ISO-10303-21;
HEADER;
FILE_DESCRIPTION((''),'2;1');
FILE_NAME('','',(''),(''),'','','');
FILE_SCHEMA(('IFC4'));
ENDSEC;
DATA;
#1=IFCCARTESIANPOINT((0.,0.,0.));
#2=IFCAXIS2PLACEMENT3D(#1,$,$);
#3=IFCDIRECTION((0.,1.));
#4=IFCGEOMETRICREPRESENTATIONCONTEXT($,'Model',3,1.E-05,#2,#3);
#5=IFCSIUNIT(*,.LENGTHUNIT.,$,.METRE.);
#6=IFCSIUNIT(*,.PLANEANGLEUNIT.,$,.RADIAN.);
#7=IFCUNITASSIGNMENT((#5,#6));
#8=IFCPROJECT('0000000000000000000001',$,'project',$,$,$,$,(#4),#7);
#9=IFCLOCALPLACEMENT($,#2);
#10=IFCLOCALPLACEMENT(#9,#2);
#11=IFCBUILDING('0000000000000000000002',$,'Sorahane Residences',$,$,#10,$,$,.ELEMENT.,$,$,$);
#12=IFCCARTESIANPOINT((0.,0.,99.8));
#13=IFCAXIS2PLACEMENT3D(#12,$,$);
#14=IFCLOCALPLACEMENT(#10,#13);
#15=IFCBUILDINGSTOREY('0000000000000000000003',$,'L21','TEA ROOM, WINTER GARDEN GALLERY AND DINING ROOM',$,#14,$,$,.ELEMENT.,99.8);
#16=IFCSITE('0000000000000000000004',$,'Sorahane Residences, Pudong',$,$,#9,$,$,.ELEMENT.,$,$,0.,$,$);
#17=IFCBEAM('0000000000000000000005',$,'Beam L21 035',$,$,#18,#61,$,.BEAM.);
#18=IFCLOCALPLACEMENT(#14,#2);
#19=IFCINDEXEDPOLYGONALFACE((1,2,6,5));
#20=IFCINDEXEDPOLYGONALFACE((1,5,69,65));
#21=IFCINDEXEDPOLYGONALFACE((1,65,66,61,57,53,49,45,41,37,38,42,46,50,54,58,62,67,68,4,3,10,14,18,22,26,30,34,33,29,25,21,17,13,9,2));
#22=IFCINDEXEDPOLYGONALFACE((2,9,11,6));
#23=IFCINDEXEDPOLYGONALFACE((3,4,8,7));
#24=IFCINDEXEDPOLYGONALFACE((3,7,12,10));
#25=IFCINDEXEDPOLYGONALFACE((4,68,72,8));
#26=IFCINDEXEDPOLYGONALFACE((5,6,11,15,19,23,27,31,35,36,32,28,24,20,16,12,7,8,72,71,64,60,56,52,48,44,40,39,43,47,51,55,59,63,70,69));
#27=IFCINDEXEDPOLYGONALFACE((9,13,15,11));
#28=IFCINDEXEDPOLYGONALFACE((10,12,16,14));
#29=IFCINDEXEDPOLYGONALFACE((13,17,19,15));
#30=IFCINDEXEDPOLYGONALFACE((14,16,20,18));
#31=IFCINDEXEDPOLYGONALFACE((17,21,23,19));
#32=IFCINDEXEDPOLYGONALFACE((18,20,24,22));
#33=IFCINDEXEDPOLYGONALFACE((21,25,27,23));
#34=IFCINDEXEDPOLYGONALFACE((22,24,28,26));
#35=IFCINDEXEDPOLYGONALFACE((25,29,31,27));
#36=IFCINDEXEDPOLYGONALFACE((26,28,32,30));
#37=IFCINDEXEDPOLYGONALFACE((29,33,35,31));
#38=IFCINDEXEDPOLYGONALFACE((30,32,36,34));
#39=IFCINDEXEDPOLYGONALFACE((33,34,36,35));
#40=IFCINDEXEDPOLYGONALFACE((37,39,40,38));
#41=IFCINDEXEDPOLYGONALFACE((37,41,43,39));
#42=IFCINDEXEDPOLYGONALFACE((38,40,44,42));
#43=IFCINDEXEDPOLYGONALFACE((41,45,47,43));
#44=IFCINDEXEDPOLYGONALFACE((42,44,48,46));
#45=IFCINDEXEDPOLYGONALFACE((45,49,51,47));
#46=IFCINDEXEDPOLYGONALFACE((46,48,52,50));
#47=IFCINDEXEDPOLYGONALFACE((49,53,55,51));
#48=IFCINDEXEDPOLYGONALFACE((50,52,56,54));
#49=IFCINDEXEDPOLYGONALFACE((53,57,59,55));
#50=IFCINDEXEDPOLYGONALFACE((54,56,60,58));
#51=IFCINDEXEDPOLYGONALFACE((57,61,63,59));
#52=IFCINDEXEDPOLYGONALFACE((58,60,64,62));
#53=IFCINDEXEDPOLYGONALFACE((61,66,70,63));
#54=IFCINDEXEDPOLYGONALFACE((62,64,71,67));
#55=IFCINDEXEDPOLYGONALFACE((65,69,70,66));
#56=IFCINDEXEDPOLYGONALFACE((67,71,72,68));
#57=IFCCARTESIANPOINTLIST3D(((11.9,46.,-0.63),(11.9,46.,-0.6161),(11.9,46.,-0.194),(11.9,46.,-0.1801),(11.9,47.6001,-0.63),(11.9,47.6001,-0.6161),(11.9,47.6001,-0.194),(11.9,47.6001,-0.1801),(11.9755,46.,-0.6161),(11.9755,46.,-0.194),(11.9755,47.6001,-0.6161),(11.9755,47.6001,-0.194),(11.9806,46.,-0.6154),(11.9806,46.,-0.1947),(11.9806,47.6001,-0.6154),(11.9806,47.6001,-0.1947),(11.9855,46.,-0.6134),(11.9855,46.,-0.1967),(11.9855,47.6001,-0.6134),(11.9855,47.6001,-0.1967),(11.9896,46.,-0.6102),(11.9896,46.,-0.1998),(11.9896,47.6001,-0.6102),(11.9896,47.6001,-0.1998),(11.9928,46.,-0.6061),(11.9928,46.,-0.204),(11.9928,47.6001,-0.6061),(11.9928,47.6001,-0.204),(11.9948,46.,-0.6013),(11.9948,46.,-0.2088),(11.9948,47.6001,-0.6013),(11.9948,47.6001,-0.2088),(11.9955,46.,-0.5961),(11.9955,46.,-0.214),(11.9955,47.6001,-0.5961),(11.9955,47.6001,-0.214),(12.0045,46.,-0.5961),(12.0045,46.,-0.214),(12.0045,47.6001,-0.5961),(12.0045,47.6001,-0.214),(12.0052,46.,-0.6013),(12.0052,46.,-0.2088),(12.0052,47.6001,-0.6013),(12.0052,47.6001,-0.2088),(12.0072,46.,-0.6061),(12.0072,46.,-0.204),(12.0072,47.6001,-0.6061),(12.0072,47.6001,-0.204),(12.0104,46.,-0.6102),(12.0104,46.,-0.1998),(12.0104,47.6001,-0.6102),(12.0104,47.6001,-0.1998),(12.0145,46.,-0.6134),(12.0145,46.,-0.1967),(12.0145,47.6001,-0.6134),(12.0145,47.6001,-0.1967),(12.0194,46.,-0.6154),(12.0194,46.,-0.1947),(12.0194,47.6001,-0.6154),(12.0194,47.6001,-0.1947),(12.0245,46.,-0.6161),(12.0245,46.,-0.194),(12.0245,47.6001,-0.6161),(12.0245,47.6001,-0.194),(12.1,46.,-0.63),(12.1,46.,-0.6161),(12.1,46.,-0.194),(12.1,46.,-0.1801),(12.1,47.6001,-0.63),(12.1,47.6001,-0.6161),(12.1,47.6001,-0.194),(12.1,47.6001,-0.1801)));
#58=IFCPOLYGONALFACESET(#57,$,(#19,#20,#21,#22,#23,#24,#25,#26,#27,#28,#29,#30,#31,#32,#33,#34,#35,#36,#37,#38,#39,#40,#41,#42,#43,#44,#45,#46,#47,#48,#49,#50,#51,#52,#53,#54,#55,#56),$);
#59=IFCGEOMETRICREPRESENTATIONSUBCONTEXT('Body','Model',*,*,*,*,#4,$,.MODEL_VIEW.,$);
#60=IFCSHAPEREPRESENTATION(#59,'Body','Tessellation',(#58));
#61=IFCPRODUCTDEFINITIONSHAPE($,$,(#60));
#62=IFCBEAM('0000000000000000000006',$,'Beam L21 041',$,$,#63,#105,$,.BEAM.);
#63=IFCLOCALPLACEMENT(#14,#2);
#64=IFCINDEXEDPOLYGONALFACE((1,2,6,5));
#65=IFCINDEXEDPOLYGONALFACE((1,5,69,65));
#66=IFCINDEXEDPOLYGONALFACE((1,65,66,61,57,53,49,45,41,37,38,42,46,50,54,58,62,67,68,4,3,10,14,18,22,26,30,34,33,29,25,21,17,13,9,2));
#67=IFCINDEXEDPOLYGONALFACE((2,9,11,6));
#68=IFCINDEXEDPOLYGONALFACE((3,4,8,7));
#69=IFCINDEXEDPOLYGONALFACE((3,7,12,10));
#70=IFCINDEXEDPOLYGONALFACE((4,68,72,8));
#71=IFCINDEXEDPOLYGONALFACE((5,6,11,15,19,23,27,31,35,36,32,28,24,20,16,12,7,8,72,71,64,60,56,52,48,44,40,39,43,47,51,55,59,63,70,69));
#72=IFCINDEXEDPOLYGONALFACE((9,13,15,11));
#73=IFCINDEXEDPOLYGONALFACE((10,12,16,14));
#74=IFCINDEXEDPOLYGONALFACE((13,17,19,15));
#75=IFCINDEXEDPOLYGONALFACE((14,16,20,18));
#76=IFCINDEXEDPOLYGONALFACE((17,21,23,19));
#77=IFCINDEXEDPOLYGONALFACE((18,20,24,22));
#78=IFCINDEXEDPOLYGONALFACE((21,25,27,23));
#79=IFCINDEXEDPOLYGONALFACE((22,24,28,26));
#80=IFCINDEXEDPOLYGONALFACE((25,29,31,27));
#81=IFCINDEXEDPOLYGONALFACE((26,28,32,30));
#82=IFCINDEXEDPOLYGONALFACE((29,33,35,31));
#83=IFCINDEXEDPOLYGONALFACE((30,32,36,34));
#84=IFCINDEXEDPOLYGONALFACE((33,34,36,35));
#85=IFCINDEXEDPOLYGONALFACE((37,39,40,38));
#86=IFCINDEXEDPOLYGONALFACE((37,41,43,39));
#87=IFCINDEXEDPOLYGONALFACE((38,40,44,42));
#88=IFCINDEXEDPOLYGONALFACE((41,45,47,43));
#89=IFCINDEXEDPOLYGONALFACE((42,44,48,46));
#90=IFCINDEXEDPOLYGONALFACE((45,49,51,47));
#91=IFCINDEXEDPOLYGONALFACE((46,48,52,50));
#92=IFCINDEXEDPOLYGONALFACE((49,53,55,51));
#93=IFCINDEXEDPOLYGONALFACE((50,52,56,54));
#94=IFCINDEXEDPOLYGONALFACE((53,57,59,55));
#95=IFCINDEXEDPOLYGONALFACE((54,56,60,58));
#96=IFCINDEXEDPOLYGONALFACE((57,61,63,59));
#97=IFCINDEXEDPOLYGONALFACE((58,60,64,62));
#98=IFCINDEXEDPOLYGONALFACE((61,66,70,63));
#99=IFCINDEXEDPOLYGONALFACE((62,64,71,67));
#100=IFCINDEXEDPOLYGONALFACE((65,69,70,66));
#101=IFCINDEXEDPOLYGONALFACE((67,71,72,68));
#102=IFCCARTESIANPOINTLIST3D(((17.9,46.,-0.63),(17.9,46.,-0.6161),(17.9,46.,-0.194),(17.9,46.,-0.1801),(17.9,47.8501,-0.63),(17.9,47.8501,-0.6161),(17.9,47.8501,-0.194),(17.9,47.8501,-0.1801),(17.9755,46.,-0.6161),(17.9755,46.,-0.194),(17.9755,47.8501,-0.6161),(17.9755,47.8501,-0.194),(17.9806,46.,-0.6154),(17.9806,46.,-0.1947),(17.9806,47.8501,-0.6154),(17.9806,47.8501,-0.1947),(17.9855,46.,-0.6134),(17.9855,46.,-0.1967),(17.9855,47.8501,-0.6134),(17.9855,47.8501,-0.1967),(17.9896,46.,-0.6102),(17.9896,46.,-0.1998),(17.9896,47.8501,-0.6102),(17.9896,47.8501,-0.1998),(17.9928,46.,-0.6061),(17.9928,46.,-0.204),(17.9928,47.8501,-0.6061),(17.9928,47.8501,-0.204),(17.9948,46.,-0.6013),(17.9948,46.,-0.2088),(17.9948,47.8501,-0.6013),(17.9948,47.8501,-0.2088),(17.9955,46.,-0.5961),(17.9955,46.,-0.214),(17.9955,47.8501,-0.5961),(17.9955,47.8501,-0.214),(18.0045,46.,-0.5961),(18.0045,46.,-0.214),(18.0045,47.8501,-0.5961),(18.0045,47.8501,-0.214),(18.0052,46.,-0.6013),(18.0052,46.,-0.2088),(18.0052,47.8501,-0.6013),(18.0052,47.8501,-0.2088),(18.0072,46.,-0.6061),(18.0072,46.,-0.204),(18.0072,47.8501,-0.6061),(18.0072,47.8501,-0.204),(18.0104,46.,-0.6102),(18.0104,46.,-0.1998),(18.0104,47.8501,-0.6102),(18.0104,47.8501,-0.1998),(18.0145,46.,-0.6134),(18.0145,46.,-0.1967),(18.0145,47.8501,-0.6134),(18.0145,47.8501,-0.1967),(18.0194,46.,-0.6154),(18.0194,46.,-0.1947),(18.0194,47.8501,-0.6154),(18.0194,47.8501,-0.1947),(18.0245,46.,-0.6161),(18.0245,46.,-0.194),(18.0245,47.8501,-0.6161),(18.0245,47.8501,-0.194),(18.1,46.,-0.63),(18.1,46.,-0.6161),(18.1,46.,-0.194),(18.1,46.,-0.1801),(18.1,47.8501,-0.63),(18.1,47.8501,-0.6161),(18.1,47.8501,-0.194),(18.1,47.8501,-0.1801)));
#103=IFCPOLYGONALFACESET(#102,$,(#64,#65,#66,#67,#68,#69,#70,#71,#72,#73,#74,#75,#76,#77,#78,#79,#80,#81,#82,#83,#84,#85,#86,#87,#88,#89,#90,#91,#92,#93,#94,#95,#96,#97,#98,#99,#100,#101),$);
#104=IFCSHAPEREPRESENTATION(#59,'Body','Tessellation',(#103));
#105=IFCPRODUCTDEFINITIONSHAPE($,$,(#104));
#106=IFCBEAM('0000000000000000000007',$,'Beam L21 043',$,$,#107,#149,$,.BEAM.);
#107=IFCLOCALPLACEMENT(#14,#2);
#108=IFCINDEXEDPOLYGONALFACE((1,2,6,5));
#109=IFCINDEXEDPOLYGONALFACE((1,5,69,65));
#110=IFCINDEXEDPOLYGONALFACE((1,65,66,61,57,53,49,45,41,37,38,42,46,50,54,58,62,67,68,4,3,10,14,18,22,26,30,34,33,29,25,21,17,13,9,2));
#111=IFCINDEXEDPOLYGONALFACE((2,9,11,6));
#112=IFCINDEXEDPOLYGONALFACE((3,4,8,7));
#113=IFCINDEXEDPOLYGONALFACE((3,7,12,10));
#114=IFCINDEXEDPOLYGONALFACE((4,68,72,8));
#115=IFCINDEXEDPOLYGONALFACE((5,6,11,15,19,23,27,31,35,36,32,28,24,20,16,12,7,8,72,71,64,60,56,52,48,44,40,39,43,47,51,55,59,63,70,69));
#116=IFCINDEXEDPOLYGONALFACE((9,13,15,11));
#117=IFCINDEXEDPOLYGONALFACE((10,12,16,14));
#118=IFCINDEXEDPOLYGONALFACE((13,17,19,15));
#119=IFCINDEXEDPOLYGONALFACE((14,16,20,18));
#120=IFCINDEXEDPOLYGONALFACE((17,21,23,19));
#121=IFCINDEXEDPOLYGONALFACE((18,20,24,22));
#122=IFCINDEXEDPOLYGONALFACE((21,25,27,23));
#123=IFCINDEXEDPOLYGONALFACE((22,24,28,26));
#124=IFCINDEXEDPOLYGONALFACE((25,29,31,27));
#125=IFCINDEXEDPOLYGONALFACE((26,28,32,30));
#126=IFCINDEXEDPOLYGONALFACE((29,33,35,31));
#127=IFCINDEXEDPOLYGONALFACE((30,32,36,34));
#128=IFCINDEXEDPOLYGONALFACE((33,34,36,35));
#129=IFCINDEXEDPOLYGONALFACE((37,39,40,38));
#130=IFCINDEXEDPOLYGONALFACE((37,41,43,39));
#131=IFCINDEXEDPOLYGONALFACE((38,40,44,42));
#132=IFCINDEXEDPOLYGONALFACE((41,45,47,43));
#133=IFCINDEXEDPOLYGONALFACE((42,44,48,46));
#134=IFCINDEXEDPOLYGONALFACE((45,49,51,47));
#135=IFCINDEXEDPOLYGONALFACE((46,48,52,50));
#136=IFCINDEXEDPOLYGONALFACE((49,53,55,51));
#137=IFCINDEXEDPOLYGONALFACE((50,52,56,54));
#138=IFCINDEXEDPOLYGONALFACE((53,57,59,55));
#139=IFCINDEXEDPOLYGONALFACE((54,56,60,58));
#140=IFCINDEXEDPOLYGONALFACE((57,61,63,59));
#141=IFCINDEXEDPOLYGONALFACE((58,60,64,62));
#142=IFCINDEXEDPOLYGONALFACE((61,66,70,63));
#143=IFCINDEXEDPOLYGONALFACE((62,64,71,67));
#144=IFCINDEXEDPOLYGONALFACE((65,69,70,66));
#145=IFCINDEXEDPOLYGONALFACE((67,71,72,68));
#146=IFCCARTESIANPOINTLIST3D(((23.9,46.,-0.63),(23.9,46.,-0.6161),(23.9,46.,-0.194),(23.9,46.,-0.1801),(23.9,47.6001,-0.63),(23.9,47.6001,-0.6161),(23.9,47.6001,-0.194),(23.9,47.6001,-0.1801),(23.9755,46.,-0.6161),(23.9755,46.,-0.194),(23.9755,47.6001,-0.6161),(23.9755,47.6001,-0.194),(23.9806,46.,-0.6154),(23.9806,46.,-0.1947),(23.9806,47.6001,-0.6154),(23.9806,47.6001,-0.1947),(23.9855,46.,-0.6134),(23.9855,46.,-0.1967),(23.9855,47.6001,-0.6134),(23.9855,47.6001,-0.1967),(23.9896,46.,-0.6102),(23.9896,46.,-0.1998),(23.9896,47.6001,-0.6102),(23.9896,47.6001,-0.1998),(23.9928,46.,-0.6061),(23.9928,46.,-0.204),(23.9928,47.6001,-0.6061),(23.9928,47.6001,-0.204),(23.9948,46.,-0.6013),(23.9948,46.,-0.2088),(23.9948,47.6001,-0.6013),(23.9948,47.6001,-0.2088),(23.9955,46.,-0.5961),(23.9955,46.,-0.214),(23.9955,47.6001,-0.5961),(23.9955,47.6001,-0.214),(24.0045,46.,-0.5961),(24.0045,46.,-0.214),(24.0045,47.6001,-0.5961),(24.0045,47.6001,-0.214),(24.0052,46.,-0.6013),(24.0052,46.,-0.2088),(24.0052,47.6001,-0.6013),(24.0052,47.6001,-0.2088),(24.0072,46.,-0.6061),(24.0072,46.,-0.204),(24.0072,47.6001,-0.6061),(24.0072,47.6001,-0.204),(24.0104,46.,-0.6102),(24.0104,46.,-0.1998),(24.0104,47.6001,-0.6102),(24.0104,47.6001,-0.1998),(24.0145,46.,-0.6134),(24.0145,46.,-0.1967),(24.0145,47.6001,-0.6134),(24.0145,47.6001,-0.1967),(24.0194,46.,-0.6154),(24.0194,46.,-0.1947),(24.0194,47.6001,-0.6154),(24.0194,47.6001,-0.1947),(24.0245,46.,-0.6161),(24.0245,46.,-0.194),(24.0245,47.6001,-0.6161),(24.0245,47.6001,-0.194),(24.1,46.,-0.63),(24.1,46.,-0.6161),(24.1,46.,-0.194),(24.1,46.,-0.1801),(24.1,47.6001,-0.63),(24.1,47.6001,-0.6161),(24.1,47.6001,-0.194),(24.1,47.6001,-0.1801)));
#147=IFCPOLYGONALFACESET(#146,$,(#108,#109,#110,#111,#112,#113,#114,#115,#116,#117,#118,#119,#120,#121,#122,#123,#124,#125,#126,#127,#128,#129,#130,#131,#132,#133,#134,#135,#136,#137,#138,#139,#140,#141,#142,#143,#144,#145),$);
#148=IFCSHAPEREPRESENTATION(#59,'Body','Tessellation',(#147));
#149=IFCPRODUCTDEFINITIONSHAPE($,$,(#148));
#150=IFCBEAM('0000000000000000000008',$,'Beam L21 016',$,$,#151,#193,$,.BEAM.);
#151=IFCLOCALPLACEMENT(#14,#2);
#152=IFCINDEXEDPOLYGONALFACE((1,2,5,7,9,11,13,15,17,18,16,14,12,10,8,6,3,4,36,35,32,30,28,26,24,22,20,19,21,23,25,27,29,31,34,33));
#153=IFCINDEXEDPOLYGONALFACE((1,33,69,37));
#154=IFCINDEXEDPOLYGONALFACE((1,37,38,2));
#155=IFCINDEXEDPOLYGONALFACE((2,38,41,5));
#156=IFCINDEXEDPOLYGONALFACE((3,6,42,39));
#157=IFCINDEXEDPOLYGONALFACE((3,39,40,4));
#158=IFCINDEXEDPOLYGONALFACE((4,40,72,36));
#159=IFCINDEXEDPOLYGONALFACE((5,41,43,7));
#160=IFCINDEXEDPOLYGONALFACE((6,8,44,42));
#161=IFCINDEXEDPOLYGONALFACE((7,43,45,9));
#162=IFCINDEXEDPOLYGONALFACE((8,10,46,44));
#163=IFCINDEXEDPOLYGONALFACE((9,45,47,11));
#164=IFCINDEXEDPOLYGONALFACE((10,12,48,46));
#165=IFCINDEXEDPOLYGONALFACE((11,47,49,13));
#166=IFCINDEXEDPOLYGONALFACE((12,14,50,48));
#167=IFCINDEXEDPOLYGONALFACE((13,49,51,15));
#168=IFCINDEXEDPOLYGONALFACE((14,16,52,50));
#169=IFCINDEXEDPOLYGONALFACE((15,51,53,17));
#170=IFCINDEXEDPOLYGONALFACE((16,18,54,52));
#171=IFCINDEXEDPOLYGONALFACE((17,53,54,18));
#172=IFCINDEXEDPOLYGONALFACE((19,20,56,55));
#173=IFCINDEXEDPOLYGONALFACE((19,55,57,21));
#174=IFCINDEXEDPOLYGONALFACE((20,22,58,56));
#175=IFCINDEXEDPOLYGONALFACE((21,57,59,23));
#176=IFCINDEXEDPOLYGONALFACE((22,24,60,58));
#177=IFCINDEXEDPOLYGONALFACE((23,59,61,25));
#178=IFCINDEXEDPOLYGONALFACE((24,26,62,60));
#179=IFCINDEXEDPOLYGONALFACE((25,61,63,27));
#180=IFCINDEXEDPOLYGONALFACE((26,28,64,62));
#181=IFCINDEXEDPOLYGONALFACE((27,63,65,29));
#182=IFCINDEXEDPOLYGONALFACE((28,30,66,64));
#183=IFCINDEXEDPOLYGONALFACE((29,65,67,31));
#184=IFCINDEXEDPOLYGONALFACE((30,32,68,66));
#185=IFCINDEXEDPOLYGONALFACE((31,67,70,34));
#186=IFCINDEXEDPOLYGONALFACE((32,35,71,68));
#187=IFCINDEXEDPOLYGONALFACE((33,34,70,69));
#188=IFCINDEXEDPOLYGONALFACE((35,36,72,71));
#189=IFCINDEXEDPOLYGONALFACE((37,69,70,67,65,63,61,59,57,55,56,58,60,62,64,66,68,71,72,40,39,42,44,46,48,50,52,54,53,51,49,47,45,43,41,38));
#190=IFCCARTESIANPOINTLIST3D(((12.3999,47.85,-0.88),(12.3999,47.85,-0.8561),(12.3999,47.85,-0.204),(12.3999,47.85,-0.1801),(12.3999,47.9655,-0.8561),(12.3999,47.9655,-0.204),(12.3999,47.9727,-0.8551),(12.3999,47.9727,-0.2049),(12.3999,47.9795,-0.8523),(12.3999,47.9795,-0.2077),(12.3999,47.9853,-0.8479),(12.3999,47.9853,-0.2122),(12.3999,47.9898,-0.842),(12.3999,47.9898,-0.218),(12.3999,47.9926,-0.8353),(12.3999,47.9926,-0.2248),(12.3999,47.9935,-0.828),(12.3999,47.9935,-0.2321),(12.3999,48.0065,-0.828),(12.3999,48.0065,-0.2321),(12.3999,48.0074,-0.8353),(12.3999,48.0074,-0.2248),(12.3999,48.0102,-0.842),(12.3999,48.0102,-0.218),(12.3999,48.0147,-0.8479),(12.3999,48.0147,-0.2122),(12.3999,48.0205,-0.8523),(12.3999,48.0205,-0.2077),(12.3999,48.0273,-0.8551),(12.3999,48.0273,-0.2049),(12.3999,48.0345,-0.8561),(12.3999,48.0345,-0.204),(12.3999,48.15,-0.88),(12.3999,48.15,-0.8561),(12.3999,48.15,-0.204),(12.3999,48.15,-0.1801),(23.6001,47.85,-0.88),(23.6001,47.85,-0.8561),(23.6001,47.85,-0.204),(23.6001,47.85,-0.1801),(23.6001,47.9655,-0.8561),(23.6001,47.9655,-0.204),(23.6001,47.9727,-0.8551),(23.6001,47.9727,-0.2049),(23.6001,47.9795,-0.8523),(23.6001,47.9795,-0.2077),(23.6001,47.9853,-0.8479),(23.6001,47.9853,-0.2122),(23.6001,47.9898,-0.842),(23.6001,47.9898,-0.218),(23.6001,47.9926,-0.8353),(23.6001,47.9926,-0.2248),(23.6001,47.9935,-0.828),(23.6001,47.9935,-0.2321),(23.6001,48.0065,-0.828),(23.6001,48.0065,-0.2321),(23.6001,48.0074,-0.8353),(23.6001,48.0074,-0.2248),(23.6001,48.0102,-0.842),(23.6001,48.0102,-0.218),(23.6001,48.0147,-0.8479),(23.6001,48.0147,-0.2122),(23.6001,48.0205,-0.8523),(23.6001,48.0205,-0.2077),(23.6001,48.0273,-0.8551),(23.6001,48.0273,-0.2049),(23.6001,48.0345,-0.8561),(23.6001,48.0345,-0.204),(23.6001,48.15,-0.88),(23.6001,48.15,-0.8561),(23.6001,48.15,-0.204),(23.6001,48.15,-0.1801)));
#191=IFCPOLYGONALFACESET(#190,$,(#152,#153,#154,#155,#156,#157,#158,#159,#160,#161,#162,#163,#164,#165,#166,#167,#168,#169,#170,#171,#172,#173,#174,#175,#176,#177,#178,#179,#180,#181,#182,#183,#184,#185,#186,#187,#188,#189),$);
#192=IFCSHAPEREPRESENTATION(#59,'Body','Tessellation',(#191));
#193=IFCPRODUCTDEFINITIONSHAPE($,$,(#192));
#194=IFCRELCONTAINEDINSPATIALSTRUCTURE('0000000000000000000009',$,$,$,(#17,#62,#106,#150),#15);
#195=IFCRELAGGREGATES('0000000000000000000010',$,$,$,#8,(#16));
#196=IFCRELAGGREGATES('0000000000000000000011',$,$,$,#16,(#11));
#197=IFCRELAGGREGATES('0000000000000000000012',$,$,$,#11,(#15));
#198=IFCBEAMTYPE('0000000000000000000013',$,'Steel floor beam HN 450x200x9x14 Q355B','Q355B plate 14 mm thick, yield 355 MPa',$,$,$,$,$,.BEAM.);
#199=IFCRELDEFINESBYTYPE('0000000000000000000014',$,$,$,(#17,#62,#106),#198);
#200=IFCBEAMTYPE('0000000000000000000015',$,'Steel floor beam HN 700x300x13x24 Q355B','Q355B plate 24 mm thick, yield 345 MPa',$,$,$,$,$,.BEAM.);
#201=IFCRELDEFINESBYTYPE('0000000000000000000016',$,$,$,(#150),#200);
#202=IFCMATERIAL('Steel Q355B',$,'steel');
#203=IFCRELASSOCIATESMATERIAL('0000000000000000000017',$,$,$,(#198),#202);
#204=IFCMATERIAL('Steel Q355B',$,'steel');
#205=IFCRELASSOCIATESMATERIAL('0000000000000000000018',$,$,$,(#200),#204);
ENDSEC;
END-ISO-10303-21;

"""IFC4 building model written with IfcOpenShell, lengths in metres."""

from ifc_helpers import new_model, si_unit, direction, frame, origin, origin_2d, place, context, subcontext, project, spatial, i_section, extrude, material, material_profile, profile_set, type_object, element, save


model = new_model("IFC4")

# Units and contexts
model_context = context("Model", 3, precision=1e-05, world=origin(), true_north=direction((0.0, 1.0)))
body_context = subcontext(model_context, "Body", "Model", "MODEL_VIEW")
ifc_project = project(units=[si_unit("LENGTHUNIT", "METRE"), si_unit("PLANEANGLEUNIT", "RADIAN")], contexts=[model_context])

# Site, building, storey
site_placement = place(None, origin())
site = spatial("IfcSite", under=ifc_project, at=site_placement, Name="Sorahane Residences, Pudong", CompositionType="ELEMENT", RefElevation=0.0)
building_placement = place(site_placement, origin())
building = spatial("IfcBuilding", under=site, at=building_placement, Name="Sorahane Residences", CompositionType="ELEMENT")
storey_placement = place(building_placement, frame((0.0, 0.0, 99.8)))
storey = spatial("IfcBuildingStorey", under=building, at=storey_placement, Name="L21", Description="TEA ROOM, WINTER GARDEN GALLERY AND DINING ROOM", CompositionType="ELEMENT", Elevation=99.8)

# Beams
ifc_material_1 = material(Name="Steel Q355B", Category="steel")
ifc_material_profile_1 = material_profile(ifc_material_1, i_section(OverallWidth=0.2, OverallDepth=0.45, WebThickness=0.009, FlangeThickness=0.0139, FilletRadius=0.02, at=origin_2d()), Name="HN 450x200x9x14")
ifc_profile_set_1 = profile_set([ifc_material_profile_1], Name="Steel Q355B")
beam_type_1 = type_object("IfcBeamType", Name="Steel floor beam HN 450x200x9x14 Q355B", Description="Q355B plate 14 mm thick, yield 355 MPa", PredefinedType="BEAM", material=ifc_profile_set_1)
beam_1_placement = place(storey_placement, frame((12.0, 46.0, -0.405), z_axis=(0.0, 1.0, 0.0), x_axis=(-1.0, 0.0, 0.0)))
element("IfcBeam", 1, at=beam_1_placement, inside=storey, type_object=beam_type_1, Name="Beam L21 035", PredefinedType="BEAM", context=body_context, shape_type="SweptSolid", body=[
    extrude(i_section(OverallWidth=0.2, OverallDepth=0.45, WebThickness=0.009, FlangeThickness=0.0139, FilletRadius=0.02, at=origin_2d()), origin(), (0.0, 0.0, 1.0), 1.6001),
])
beam_2_placement = place(storey_placement, frame((18.0, 46.0, -0.405), z_axis=(0.0, 1.0, 0.0), x_axis=(-1.0, 0.0, 0.0)))
element("IfcBeam", 2, at=beam_2_placement, inside=storey, type_object=beam_type_1, Name="Beam L21 041", PredefinedType="BEAM", context=body_context, shape_type="SweptSolid", body=[
    extrude(i_section(OverallWidth=0.2, OverallDepth=0.45, WebThickness=0.009, FlangeThickness=0.0139, FilletRadius=0.02, at=origin_2d()), origin(), (0.0, 0.0, 1.0), 1.8501),
])
beam_3_placement = place(storey_placement, frame((24.0, 46.0, -0.405), z_axis=(0.0, 1.0, 0.0), x_axis=(-1.0, 0.0, 0.0)))
element("IfcBeam", 3, at=beam_3_placement, inside=storey, type_object=beam_type_1, Name="Beam L21 043", PredefinedType="BEAM", context=body_context, shape_type="SweptSolid", body=[
    extrude(i_section(OverallWidth=0.2, OverallDepth=0.45, WebThickness=0.009, FlangeThickness=0.0139, FilletRadius=0.02, at=origin_2d()), origin(), (0.0, 0.0, 1.0), 1.6001),
])
ifc_material_2 = material(Name="Steel Q355B", Category="steel")
ifc_material_profile_2 = material_profile(ifc_material_2, i_section(OverallWidth=0.3, OverallDepth=0.7, WebThickness=0.0129, FlangeThickness=0.0239, FilletRadius=0.0281, at=origin_2d()), Name="HN 700x300x13x24")
ifc_profile_set_2 = profile_set([ifc_material_profile_2], Name="Steel Q355B")
beam_type_2 = type_object("IfcBeamType", Name="Steel floor beam HN 700x300x13x24 Q355B", Description="Q355B plate 24 mm thick, yield 345 MPa", PredefinedType="BEAM", material=ifc_profile_set_2)
for number, where, z_axis, x_axis, name in (
    (4, (12.3999, 48.0, -0.53), (1.0, 0.0, 0.0), (0.0, 1.0, 0.0), "Beam L21 016"),
):
    element("IfcBeam", number, at=place(storey_placement, frame(where, z_axis=z_axis, x_axis=x_axis)), inside=storey, type_object=beam_type_2, Name=name, PredefinedType="BEAM", context=body_context, shape_type="SweptSolid", body=[
        extrude(i_section(OverallWidth=0.3, OverallDepth=0.7, WebThickness=0.0129, FlangeThickness=0.0239, FilletRadius=0.0281, at=origin_2d()), origin(), (0.0, 0.0, 1.0), 11.2002),
    ])

save(model, "model.ifc")
